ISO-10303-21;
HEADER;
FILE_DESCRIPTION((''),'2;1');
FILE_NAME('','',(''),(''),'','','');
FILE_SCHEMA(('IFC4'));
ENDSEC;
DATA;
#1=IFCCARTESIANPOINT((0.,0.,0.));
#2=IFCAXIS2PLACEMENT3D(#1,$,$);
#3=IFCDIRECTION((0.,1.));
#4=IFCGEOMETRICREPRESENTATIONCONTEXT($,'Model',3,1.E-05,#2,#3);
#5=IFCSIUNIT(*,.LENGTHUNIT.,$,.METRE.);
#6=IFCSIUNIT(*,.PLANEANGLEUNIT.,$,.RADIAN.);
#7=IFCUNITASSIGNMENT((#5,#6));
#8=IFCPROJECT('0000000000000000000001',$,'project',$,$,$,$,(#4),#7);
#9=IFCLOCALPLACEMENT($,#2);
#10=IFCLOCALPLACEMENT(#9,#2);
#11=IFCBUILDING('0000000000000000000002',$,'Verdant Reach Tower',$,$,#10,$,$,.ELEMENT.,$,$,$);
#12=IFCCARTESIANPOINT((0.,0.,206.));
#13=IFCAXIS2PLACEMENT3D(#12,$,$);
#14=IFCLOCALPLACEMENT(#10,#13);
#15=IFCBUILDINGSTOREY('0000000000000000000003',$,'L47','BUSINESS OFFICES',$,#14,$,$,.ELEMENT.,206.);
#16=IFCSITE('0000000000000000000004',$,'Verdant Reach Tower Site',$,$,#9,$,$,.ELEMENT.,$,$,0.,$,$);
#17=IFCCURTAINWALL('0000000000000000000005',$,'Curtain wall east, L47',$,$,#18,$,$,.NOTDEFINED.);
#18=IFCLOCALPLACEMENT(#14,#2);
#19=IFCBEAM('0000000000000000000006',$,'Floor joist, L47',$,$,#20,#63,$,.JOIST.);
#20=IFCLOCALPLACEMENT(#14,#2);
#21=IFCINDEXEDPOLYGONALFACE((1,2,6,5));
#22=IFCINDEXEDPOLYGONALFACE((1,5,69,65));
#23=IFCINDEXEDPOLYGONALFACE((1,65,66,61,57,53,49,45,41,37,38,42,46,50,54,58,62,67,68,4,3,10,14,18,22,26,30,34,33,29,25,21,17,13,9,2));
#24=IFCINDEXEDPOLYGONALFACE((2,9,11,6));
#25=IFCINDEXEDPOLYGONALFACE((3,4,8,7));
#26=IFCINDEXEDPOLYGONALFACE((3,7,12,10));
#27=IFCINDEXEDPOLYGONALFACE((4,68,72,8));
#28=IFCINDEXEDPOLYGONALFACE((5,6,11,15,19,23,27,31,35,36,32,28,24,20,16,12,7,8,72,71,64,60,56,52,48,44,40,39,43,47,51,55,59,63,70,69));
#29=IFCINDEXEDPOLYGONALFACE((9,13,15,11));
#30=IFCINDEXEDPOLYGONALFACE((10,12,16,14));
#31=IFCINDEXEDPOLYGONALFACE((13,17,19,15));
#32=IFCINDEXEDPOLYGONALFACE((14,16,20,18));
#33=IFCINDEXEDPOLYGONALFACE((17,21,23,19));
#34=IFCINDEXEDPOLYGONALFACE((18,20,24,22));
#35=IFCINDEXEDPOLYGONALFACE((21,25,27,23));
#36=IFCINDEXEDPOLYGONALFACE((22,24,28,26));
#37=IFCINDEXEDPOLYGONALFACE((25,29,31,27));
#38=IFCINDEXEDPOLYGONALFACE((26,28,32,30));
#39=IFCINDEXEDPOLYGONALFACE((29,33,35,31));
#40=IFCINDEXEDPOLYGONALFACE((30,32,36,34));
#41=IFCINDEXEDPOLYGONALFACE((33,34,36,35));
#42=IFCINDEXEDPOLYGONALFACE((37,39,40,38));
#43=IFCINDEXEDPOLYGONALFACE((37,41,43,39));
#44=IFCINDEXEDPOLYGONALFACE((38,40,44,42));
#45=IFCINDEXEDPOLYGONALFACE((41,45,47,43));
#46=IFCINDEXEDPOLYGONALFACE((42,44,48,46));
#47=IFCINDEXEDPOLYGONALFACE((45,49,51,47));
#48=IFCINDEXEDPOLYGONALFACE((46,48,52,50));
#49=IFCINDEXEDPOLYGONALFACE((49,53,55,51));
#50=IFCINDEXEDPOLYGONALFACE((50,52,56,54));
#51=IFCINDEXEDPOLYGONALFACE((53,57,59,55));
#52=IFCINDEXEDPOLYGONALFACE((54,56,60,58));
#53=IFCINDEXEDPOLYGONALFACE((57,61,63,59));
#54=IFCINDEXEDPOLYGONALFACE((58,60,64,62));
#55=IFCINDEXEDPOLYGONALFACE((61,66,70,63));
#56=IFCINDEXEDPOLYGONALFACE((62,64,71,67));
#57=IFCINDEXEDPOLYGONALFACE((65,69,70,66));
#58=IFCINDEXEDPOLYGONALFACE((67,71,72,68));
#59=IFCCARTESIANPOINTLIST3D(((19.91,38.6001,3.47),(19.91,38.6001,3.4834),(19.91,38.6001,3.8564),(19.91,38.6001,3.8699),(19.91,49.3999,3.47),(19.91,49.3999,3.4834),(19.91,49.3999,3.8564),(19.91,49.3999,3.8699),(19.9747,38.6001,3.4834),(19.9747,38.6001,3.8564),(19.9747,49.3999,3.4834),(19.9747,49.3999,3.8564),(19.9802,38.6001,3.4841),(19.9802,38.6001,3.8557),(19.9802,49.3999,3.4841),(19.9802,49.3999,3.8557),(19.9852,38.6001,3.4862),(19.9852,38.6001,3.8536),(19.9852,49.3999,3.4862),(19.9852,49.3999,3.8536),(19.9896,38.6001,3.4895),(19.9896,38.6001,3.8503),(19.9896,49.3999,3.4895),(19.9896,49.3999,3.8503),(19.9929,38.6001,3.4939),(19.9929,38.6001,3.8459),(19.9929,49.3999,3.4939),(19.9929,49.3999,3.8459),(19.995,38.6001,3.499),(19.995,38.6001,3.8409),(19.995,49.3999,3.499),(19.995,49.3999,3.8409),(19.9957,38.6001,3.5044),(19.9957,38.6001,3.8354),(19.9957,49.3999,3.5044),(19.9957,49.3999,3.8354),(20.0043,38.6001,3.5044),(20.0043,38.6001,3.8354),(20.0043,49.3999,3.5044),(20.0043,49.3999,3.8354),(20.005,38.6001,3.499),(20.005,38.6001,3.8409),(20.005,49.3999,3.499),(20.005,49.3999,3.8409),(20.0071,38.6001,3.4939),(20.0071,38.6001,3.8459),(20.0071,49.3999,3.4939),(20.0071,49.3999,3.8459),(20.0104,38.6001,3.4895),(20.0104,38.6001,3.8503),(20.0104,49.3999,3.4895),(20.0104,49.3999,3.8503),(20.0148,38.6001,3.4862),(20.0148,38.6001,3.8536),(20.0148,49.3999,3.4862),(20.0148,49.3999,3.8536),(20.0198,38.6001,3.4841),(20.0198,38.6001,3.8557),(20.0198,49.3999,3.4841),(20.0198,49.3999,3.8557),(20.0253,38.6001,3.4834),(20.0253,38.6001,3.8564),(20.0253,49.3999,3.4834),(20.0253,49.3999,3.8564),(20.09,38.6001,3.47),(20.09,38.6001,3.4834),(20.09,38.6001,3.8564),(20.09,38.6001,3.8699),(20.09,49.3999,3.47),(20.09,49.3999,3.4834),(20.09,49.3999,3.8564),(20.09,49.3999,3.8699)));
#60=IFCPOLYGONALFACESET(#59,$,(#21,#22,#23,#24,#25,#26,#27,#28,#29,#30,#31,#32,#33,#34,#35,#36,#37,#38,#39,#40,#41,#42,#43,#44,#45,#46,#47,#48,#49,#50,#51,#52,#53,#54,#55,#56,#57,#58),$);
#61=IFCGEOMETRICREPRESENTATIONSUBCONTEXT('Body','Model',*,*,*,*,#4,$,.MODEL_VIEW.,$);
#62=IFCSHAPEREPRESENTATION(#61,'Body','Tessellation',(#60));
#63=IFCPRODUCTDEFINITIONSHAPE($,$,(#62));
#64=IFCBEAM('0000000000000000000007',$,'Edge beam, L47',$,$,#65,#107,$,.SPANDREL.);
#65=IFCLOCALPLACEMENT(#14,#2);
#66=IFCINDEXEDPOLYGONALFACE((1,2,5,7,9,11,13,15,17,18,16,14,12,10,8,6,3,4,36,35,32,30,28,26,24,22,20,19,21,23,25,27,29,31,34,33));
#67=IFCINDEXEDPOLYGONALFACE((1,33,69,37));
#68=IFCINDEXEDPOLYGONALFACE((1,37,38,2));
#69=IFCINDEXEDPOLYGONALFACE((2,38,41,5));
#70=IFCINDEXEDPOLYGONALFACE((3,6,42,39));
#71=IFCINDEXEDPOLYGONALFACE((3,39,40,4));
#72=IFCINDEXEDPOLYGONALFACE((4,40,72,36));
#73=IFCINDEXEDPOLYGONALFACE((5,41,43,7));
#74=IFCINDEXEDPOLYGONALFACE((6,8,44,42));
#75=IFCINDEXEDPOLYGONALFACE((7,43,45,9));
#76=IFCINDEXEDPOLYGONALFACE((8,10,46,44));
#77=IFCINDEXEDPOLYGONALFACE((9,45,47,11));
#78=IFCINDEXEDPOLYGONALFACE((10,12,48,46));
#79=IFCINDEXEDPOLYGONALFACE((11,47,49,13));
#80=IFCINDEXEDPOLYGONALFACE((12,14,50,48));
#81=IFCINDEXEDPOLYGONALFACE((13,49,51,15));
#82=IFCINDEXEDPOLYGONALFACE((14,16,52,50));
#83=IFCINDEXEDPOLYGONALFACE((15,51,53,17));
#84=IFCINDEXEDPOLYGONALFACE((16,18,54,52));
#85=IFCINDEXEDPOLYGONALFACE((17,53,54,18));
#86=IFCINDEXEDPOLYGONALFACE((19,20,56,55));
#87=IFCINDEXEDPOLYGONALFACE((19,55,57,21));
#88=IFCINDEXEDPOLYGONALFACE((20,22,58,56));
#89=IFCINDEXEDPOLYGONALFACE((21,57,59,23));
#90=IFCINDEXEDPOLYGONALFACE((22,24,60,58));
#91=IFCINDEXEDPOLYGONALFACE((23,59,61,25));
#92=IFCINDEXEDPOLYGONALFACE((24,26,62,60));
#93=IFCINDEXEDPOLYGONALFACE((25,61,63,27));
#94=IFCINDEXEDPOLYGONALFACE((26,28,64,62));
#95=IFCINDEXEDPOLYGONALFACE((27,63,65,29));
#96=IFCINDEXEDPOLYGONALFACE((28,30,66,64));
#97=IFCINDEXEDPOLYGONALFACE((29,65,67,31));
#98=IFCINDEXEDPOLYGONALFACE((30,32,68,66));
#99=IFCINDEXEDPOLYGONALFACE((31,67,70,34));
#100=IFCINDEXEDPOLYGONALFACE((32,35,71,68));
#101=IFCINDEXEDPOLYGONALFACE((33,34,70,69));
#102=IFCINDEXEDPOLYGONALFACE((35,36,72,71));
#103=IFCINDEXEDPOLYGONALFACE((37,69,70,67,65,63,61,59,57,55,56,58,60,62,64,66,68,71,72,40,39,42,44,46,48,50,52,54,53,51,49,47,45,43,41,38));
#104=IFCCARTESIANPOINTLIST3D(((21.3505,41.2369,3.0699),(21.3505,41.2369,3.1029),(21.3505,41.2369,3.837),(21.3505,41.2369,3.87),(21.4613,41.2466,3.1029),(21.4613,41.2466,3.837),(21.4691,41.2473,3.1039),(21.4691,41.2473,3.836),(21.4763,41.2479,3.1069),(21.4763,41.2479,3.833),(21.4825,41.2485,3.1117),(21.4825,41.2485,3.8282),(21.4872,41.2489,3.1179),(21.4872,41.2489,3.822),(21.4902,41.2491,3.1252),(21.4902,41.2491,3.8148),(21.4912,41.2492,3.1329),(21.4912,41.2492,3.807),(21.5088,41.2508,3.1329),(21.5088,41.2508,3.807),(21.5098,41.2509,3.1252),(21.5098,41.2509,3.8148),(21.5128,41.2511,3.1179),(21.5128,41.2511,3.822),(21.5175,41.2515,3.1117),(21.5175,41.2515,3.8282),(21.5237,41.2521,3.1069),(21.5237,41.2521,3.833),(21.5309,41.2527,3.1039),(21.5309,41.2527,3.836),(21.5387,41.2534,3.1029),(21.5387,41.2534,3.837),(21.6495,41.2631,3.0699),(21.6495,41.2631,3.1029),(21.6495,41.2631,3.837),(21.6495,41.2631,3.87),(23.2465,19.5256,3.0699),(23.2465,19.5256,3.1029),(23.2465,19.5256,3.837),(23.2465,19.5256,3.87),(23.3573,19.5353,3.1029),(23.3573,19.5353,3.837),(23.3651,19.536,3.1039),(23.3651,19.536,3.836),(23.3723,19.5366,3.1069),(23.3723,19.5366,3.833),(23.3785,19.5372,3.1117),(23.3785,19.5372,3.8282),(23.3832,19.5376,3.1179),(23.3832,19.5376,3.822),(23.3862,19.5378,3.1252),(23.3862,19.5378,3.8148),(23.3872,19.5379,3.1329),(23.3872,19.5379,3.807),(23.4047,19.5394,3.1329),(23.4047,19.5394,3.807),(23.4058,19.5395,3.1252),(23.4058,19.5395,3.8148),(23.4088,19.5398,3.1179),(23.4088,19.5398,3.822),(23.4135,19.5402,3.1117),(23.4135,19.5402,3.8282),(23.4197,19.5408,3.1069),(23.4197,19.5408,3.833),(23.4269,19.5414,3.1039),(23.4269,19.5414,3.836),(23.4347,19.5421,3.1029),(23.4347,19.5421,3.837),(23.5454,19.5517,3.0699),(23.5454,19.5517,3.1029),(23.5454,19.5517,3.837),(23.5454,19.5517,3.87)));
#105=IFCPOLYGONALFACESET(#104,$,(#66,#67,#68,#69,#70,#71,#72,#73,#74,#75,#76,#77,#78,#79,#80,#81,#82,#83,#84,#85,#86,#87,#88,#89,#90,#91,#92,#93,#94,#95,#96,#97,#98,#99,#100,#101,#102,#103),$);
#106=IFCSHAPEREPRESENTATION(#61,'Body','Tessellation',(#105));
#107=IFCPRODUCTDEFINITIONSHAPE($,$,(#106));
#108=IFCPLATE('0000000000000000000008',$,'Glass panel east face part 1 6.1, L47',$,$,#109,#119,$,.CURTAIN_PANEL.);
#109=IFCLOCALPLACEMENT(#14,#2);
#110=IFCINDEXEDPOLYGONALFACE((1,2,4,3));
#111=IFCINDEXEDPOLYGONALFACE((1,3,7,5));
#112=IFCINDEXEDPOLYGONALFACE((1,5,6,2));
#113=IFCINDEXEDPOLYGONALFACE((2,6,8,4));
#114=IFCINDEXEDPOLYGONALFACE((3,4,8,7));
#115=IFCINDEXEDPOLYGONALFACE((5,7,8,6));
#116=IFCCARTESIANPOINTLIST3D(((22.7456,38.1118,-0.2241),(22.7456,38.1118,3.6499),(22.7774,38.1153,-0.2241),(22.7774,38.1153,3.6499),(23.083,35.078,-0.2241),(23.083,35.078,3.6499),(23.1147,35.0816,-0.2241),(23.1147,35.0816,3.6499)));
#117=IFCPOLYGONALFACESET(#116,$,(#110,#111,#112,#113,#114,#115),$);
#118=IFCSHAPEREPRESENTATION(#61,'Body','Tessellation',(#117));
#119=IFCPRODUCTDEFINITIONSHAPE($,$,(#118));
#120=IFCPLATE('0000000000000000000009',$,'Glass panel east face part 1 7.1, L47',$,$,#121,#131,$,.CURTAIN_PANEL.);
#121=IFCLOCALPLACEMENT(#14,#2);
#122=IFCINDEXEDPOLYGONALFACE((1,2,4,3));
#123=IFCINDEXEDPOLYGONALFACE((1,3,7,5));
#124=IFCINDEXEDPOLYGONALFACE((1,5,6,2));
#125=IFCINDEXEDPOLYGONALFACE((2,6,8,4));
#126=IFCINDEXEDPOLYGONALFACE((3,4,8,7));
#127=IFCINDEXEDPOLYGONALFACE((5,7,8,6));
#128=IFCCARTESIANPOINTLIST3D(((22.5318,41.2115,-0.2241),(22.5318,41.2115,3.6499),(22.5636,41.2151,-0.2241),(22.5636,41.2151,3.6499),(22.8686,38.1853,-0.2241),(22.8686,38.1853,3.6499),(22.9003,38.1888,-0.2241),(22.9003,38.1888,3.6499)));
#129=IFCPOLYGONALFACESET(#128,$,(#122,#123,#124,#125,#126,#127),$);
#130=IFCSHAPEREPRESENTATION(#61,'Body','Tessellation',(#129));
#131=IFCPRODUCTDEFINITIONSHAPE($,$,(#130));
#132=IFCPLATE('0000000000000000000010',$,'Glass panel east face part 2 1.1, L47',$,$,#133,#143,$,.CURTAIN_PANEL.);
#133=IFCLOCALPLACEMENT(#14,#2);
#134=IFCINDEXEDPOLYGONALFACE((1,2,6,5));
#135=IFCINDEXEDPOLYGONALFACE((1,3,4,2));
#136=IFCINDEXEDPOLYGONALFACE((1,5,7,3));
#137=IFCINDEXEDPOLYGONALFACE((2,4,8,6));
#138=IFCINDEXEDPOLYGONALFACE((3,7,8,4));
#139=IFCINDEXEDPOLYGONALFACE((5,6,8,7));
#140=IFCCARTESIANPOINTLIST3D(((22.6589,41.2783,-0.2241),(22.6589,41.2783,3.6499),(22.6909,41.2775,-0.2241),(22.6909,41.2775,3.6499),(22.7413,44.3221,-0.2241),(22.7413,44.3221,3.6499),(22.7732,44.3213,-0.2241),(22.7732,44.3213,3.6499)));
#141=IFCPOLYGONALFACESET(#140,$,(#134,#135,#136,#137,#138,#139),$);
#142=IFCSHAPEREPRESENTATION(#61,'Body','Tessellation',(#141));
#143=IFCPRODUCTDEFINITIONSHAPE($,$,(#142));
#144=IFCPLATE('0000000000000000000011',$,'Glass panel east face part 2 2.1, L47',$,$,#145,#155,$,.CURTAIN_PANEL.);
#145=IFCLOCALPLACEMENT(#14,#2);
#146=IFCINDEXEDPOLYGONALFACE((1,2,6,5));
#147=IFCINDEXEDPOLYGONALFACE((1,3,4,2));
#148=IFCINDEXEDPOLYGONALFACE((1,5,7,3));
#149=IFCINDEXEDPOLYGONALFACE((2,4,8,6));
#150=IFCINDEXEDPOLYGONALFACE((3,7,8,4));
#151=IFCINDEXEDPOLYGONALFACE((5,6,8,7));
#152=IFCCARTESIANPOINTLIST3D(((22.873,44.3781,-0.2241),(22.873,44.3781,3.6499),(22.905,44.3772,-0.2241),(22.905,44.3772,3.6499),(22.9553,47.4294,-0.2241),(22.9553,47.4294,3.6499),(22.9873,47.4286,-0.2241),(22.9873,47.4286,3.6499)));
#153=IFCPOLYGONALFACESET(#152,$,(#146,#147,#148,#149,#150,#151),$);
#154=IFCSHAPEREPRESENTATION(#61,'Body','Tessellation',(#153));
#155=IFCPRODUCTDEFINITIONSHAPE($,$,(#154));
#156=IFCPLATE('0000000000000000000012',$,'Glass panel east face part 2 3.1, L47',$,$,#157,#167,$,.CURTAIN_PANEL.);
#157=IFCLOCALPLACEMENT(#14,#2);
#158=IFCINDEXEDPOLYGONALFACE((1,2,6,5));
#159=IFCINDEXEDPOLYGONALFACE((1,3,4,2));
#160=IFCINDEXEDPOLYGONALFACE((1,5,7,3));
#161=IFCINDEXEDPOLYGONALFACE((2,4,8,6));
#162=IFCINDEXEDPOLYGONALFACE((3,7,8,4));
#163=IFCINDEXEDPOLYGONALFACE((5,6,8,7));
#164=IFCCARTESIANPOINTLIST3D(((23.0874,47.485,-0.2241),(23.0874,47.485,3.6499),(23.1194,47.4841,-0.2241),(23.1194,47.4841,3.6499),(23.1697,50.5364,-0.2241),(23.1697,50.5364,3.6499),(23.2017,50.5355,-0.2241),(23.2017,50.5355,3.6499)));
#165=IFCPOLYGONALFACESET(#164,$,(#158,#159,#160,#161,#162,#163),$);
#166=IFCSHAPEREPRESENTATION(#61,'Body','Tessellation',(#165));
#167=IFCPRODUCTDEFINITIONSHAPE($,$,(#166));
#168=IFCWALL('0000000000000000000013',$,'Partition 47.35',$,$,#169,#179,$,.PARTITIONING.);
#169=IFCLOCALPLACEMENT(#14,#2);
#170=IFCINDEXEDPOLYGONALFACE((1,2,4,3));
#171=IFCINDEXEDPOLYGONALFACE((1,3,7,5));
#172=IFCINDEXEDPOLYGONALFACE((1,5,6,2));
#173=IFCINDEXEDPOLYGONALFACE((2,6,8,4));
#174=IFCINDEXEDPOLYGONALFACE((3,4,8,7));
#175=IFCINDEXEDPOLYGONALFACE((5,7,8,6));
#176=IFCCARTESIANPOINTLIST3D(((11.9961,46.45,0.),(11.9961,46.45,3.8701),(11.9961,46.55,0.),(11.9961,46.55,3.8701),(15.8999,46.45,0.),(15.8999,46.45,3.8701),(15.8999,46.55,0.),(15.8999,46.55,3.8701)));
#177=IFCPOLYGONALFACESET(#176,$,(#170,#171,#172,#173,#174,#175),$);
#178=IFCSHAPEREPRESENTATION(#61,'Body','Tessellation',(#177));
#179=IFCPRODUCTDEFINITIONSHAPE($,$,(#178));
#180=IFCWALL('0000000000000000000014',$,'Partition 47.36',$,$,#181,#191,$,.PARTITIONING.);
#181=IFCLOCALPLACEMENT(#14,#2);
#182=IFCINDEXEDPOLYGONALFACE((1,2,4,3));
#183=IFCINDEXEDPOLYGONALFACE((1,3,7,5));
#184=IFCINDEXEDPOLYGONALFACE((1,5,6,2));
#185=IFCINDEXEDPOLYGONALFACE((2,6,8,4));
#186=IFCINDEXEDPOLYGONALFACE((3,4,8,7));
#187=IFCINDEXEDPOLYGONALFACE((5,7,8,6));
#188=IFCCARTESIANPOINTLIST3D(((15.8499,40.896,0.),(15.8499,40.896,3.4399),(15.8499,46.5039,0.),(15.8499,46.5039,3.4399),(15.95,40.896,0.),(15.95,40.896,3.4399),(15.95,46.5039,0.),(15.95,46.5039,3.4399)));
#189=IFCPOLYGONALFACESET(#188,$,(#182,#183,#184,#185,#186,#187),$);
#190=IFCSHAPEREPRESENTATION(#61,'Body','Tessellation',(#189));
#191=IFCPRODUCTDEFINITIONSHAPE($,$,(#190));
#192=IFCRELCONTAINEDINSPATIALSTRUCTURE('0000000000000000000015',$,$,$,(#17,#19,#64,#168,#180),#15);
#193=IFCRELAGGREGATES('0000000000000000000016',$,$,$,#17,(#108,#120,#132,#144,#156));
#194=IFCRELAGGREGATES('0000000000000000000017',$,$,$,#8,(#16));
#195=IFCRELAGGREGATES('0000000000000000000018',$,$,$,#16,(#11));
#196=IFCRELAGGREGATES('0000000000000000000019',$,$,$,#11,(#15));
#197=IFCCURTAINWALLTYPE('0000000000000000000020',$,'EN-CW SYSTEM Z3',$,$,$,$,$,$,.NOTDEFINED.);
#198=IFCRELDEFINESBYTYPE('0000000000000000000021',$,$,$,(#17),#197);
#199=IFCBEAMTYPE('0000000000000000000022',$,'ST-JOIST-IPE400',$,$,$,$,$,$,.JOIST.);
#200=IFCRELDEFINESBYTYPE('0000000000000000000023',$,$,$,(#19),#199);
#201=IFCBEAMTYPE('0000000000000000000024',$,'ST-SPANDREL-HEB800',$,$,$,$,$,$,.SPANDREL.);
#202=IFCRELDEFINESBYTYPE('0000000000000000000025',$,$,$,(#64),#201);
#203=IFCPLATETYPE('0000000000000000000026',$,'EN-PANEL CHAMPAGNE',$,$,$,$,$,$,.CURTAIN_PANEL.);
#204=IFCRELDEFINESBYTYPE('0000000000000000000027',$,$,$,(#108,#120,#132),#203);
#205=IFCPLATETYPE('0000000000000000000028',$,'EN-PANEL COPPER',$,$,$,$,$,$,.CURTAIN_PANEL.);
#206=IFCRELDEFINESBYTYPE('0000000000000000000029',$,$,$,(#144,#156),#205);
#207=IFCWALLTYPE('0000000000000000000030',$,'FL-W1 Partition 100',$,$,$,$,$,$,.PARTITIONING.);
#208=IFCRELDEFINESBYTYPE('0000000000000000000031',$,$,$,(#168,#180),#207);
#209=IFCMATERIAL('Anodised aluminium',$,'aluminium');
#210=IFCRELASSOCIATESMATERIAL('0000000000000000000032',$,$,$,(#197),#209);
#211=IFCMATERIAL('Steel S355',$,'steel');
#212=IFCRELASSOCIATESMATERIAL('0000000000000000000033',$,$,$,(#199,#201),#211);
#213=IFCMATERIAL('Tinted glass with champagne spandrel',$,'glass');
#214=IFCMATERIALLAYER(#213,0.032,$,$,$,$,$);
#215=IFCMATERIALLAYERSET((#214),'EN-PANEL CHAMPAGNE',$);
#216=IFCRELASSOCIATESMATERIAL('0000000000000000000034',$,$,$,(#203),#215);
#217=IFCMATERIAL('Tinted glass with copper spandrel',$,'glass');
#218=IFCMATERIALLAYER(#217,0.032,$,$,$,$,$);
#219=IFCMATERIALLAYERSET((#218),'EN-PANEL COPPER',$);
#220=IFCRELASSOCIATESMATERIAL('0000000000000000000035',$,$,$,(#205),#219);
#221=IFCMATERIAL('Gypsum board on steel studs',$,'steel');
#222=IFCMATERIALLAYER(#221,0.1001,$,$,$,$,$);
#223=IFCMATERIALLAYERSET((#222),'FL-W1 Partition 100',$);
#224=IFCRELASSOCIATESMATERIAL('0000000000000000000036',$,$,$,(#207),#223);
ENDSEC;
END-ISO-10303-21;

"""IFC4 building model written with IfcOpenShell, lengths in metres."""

from ifc_helpers import new_model, si_unit, direction, frame, frame_2d, origin, origin_2d, place, context, subcontext, project, spatial, rectangle, i_section, extrude, material, layer, layer_set, material_profile, profile_set, type_object, element, aggregate, save


model = new_model("IFC4")

# Units and contexts
model_context = context("Model", 3, precision=1e-05, world=origin(), true_north=direction((0.0, 1.0)))
body_context = subcontext(model_context, "Body", "Model", "MODEL_VIEW")
ifc_project = project(units=[si_unit("LENGTHUNIT", "METRE"), si_unit("PLANEANGLEUNIT", "RADIAN")], contexts=[model_context])

# Site, building, storey
site_placement = place(None, origin())
site = spatial("IfcSite", under=ifc_project, at=site_placement, Name="Verdant Reach Tower Site", CompositionType="ELEMENT", RefElevation=0.0)
building_placement = place(site_placement, origin())
building = spatial("IfcBuilding", under=site, at=building_placement, Name="Verdant Reach Tower", CompositionType="ELEMENT")
storey_placement = place(building_placement, frame((0.0, 0.0, 206.0)))
storey = spatial("IfcBuildingStorey", under=building, at=storey_placement, Name="L47", Description="BUSINESS OFFICES", CompositionType="ELEMENT", Elevation=206.0)

# Curtain wall
ifc_material_1 = material(Name="Anodised aluminium", Category="aluminium")
curtain_wall_type = type_object("IfcCurtainWallType", Name="EN-CW SYSTEM Z3", PredefinedType="NOTDEFINED", material=ifc_material_1)
curtain_wall_placement = place(storey_placement, origin())
curtain_wall = element("IfcCurtainWall", 1, at=curtain_wall_placement, inside=storey, type_object=curtain_wall_type, Name="Curtain wall east, L47", PredefinedType="NOTDEFINED")

# Beams
ifc_material_2 = material(Name="Steel S355", Category="steel")
ifc_material_profile_1 = material_profile(ifc_material_2, i_section(OverallWidth=0.1799, OverallDepth=0.3999, WebThickness=0.0085, FlangeThickness=0.0134, FilletRadius=0.021, at=origin_2d()), Name="IPE 400")
ifc_profile_set_1 = profile_set([ifc_material_profile_1], Name="Steel S355")
beam_type_1 = type_object("IfcBeamType", Name="ST-JOIST-IPE400", PredefinedType="JOIST", material=ifc_profile_set_1)
for number, where, z_axis, x_axis, name in (
    (2, (20.0, 38.6001, 3.6699), (0.0, 1.0, 0.0), (-1.0, 0.0, 0.0), "Floor joist, L47"),
):
    element("IfcBeam", number, at=place(storey_placement, frame(where, z_axis=z_axis, x_axis=x_axis)), inside=storey, type_object=beam_type_1, Name=name, PredefinedType="JOIST", context=body_context, shape_type="SweptSolid", body=[
        extrude(i_section(OverallWidth=0.1799, OverallDepth=0.3999, WebThickness=0.0085, FlangeThickness=0.0134, FilletRadius=0.021, at=origin_2d()), origin(), (0.0, 0.0, 1.0), 10.7998),
    ])
ifc_material_profile_2 = material_profile(ifc_material_2, i_section(OverallWidth=0.3, OverallDepth=0.8, WebThickness=0.0176, FlangeThickness=0.033, FilletRadius=0.03, at=origin_2d()), Name="HEB 800")
ifc_profile_set_2 = profile_set([ifc_material_profile_2], Name="Steel S355")
beam_type_2 = type_object("IfcBeamType", Name="ST-SPANDREL-HEB800", PredefinedType="SPANDREL", material=ifc_profile_set_2)
beam_placement = place(storey_placement, frame((21.5, 41.25, 3.47), z_axis=(0.086996, -0.996209, 0.0), x_axis=(0.996209, 0.086996, 0.0)))
element("IfcBeam", 3, at=beam_placement, inside=storey, type_object=beam_type_2, Name="Edge beam, L47", PredefinedType="SPANDREL", context=body_context, shape_type="SweptSolid", body=[
    extrude(i_section(OverallWidth=0.3, OverallDepth=0.8, WebThickness=0.0176, FlangeThickness=0.033, FilletRadius=0.03, at=origin_2d()), origin(), (0.0, 0.0, 1.0), 21.7939),
])

# Plates
ifc_material_3 = material(Name="Tinted glass with champagne spandrel", Category="glass")
ifc_layer_1 = layer(ifc_material_3, 0.032)
ifc_layer_set_1 = layer_set([ifc_layer_1], Name="EN-PANEL CHAMPAGNE")
plate_type_1 = type_object("IfcPlateType", Name="EN-PANEL CHAMPAGNE", PredefinedType="CURTAIN_PANEL", material=ifc_layer_set_1)
plate_1_placement = place(storey_placement, frame((22.9302, 36.5967, -0.2241), z_axis=(0.0, 0.0, 1.0), x_axis=(-0.110518, 0.993874, 0.0)))
plate_1 = element("IfcPlate", 4, at=plate_1_placement, type_object=plate_type_1, Name="Glass panel east face part 1 6.1, L47", PredefinedType="CURTAIN_PANEL", context=body_context, shape_type="SweptSolid", body=[
    extrude(rectangle(XDim=3.0525, YDim=0.032, at=origin_2d()), origin(), (0.0, 0.0, 1.0), 3.874),
])
plate_2_placement = place(storey_placement, frame((22.7161, 39.7002, -0.2241), z_axis=(0.0, 0.0, 1.0), x_axis=(-0.110601, 0.993865, 0.0)))
plate_2 = element("IfcPlate", 5, at=plate_2_placement, type_object=plate_type_1, Name="Glass panel east face part 1 7.1, L47", PredefinedType="CURTAIN_PANEL", context=body_context, shape_type="SweptSolid", body=[
    extrude(rectangle(XDim=3.0449, YDim=0.032, at=origin_2d()), origin(), (0.0, 0.0, 1.0), 3.874),
])
plate_3_placement = place(storey_placement, frame((22.7161, 42.7998, -0.2241), z_axis=(0.0, 0.0, 1.0), x_axis=(0.027048, 0.999634, 0.0)))
plate_3 = element("IfcPlate", 6, at=plate_3_placement, type_object=plate_type_1, Name="Glass panel east face part 2 1.1, L47", PredefinedType="CURTAIN_PANEL", context=body_context, shape_type="SweptSolid", body=[
    extrude(rectangle(XDim=3.0449, YDim=0.032, at=origin_2d()), origin(), (0.0, 0.0, 1.0), 3.874),
])
ifc_material_4 = material(Name="Tinted glass with copper spandrel", Category="glass")
ifc_layer_2 = layer(ifc_material_4, 0.032)
ifc_layer_set_2 = layer_set([ifc_layer_2], Name="EN-PANEL COPPER")
plate_type_2 = type_object("IfcPlateType", Name="EN-PANEL COPPER", PredefinedType="CURTAIN_PANEL", material=ifc_layer_set_2)
plate_4_placement = place(storey_placement, frame((22.9302, 45.9033, -0.2241), z_axis=(0.0, 0.0, 1.0), x_axis=(0.026965, 0.999636, 0.0)))
plate_4 = element("IfcPlate", 7, at=plate_4_placement, type_object=plate_type_2, Name="Glass panel east face part 2 2.1, L47", PredefinedType="CURTAIN_PANEL", context=body_context, shape_type="SweptSolid", body=[
    extrude(rectangle(XDim=3.0525, YDim=0.032, at=origin_2d()), origin(), (0.0, 0.0, 1.0), 3.874),
])
plate_5_placement = place(storey_placement, frame((23.1445, 49.0103, -0.2241), z_axis=(0.0, 0.0, 1.0), x_axis=(0.026965, 0.999636, 0.0)))
plate_5 = element("IfcPlate", 8, at=plate_5_placement, type_object=plate_type_2, Name="Glass panel east face part 2 3.1, L47", PredefinedType="CURTAIN_PANEL", context=body_context, shape_type="SweptSolid", body=[
    extrude(rectangle(XDim=3.0525, YDim=0.032, at=origin_2d()), origin(), (0.0, 0.0, 1.0), 3.874),
])
aggregate(curtain_wall, [plate_1, plate_2, plate_3, plate_4, plate_5])

# Walls
ifc_material_5 = material(Name="Gypsum board on steel studs", Category="steel")
ifc_layer_3 = layer(ifc_material_5, 0.1001)
ifc_layer_set_3 = layer_set([ifc_layer_3], Name="FL-W1 Partition 100")
wall_type_1 = type_object("IfcWallType", Name="FL-W1 Partition 100", PredefinedType="PARTITIONING", material=ifc_layer_set_3)
wall_1_placement = place(storey_placement, frame((15.8999, 46.5, 0.0), z_axis=(0.0, 0.0, 1.0), x_axis=(-1.0, 0.0, 0.0)))
element("IfcWall", 9, at=wall_1_placement, inside=storey, type_object=wall_type_1, Name="Partition 47.35", PredefinedType="PARTITIONING", context=body_context, shape_type="SweptSolid", body=[
    extrude(rectangle(XDim=3.9038, YDim=0.1001, at=frame_2d((1.9519, 0.0))), origin(), (0.0, 0.0, 1.0), 3.8701),
])
wall_2_placement = place(storey_placement, frame((15.8999, 40.896, 0.0), z_axis=(0.0, 0.0, 1.0), x_axis=(0.0, 1.0, 0.0)))
element("IfcWall", 10, at=wall_2_placement, inside=storey, type_object=wall_type_1, Name="Partition 47.36", PredefinedType="PARTITIONING", context=body_context, shape_type="SweptSolid", body=[
    extrude(rectangle(XDim=5.6079, YDim=0.1001, at=frame_2d((2.804, 0.0))), origin(), (0.0, 0.0, 1.0), 3.4399),
])

save(model, "model.ifc")
